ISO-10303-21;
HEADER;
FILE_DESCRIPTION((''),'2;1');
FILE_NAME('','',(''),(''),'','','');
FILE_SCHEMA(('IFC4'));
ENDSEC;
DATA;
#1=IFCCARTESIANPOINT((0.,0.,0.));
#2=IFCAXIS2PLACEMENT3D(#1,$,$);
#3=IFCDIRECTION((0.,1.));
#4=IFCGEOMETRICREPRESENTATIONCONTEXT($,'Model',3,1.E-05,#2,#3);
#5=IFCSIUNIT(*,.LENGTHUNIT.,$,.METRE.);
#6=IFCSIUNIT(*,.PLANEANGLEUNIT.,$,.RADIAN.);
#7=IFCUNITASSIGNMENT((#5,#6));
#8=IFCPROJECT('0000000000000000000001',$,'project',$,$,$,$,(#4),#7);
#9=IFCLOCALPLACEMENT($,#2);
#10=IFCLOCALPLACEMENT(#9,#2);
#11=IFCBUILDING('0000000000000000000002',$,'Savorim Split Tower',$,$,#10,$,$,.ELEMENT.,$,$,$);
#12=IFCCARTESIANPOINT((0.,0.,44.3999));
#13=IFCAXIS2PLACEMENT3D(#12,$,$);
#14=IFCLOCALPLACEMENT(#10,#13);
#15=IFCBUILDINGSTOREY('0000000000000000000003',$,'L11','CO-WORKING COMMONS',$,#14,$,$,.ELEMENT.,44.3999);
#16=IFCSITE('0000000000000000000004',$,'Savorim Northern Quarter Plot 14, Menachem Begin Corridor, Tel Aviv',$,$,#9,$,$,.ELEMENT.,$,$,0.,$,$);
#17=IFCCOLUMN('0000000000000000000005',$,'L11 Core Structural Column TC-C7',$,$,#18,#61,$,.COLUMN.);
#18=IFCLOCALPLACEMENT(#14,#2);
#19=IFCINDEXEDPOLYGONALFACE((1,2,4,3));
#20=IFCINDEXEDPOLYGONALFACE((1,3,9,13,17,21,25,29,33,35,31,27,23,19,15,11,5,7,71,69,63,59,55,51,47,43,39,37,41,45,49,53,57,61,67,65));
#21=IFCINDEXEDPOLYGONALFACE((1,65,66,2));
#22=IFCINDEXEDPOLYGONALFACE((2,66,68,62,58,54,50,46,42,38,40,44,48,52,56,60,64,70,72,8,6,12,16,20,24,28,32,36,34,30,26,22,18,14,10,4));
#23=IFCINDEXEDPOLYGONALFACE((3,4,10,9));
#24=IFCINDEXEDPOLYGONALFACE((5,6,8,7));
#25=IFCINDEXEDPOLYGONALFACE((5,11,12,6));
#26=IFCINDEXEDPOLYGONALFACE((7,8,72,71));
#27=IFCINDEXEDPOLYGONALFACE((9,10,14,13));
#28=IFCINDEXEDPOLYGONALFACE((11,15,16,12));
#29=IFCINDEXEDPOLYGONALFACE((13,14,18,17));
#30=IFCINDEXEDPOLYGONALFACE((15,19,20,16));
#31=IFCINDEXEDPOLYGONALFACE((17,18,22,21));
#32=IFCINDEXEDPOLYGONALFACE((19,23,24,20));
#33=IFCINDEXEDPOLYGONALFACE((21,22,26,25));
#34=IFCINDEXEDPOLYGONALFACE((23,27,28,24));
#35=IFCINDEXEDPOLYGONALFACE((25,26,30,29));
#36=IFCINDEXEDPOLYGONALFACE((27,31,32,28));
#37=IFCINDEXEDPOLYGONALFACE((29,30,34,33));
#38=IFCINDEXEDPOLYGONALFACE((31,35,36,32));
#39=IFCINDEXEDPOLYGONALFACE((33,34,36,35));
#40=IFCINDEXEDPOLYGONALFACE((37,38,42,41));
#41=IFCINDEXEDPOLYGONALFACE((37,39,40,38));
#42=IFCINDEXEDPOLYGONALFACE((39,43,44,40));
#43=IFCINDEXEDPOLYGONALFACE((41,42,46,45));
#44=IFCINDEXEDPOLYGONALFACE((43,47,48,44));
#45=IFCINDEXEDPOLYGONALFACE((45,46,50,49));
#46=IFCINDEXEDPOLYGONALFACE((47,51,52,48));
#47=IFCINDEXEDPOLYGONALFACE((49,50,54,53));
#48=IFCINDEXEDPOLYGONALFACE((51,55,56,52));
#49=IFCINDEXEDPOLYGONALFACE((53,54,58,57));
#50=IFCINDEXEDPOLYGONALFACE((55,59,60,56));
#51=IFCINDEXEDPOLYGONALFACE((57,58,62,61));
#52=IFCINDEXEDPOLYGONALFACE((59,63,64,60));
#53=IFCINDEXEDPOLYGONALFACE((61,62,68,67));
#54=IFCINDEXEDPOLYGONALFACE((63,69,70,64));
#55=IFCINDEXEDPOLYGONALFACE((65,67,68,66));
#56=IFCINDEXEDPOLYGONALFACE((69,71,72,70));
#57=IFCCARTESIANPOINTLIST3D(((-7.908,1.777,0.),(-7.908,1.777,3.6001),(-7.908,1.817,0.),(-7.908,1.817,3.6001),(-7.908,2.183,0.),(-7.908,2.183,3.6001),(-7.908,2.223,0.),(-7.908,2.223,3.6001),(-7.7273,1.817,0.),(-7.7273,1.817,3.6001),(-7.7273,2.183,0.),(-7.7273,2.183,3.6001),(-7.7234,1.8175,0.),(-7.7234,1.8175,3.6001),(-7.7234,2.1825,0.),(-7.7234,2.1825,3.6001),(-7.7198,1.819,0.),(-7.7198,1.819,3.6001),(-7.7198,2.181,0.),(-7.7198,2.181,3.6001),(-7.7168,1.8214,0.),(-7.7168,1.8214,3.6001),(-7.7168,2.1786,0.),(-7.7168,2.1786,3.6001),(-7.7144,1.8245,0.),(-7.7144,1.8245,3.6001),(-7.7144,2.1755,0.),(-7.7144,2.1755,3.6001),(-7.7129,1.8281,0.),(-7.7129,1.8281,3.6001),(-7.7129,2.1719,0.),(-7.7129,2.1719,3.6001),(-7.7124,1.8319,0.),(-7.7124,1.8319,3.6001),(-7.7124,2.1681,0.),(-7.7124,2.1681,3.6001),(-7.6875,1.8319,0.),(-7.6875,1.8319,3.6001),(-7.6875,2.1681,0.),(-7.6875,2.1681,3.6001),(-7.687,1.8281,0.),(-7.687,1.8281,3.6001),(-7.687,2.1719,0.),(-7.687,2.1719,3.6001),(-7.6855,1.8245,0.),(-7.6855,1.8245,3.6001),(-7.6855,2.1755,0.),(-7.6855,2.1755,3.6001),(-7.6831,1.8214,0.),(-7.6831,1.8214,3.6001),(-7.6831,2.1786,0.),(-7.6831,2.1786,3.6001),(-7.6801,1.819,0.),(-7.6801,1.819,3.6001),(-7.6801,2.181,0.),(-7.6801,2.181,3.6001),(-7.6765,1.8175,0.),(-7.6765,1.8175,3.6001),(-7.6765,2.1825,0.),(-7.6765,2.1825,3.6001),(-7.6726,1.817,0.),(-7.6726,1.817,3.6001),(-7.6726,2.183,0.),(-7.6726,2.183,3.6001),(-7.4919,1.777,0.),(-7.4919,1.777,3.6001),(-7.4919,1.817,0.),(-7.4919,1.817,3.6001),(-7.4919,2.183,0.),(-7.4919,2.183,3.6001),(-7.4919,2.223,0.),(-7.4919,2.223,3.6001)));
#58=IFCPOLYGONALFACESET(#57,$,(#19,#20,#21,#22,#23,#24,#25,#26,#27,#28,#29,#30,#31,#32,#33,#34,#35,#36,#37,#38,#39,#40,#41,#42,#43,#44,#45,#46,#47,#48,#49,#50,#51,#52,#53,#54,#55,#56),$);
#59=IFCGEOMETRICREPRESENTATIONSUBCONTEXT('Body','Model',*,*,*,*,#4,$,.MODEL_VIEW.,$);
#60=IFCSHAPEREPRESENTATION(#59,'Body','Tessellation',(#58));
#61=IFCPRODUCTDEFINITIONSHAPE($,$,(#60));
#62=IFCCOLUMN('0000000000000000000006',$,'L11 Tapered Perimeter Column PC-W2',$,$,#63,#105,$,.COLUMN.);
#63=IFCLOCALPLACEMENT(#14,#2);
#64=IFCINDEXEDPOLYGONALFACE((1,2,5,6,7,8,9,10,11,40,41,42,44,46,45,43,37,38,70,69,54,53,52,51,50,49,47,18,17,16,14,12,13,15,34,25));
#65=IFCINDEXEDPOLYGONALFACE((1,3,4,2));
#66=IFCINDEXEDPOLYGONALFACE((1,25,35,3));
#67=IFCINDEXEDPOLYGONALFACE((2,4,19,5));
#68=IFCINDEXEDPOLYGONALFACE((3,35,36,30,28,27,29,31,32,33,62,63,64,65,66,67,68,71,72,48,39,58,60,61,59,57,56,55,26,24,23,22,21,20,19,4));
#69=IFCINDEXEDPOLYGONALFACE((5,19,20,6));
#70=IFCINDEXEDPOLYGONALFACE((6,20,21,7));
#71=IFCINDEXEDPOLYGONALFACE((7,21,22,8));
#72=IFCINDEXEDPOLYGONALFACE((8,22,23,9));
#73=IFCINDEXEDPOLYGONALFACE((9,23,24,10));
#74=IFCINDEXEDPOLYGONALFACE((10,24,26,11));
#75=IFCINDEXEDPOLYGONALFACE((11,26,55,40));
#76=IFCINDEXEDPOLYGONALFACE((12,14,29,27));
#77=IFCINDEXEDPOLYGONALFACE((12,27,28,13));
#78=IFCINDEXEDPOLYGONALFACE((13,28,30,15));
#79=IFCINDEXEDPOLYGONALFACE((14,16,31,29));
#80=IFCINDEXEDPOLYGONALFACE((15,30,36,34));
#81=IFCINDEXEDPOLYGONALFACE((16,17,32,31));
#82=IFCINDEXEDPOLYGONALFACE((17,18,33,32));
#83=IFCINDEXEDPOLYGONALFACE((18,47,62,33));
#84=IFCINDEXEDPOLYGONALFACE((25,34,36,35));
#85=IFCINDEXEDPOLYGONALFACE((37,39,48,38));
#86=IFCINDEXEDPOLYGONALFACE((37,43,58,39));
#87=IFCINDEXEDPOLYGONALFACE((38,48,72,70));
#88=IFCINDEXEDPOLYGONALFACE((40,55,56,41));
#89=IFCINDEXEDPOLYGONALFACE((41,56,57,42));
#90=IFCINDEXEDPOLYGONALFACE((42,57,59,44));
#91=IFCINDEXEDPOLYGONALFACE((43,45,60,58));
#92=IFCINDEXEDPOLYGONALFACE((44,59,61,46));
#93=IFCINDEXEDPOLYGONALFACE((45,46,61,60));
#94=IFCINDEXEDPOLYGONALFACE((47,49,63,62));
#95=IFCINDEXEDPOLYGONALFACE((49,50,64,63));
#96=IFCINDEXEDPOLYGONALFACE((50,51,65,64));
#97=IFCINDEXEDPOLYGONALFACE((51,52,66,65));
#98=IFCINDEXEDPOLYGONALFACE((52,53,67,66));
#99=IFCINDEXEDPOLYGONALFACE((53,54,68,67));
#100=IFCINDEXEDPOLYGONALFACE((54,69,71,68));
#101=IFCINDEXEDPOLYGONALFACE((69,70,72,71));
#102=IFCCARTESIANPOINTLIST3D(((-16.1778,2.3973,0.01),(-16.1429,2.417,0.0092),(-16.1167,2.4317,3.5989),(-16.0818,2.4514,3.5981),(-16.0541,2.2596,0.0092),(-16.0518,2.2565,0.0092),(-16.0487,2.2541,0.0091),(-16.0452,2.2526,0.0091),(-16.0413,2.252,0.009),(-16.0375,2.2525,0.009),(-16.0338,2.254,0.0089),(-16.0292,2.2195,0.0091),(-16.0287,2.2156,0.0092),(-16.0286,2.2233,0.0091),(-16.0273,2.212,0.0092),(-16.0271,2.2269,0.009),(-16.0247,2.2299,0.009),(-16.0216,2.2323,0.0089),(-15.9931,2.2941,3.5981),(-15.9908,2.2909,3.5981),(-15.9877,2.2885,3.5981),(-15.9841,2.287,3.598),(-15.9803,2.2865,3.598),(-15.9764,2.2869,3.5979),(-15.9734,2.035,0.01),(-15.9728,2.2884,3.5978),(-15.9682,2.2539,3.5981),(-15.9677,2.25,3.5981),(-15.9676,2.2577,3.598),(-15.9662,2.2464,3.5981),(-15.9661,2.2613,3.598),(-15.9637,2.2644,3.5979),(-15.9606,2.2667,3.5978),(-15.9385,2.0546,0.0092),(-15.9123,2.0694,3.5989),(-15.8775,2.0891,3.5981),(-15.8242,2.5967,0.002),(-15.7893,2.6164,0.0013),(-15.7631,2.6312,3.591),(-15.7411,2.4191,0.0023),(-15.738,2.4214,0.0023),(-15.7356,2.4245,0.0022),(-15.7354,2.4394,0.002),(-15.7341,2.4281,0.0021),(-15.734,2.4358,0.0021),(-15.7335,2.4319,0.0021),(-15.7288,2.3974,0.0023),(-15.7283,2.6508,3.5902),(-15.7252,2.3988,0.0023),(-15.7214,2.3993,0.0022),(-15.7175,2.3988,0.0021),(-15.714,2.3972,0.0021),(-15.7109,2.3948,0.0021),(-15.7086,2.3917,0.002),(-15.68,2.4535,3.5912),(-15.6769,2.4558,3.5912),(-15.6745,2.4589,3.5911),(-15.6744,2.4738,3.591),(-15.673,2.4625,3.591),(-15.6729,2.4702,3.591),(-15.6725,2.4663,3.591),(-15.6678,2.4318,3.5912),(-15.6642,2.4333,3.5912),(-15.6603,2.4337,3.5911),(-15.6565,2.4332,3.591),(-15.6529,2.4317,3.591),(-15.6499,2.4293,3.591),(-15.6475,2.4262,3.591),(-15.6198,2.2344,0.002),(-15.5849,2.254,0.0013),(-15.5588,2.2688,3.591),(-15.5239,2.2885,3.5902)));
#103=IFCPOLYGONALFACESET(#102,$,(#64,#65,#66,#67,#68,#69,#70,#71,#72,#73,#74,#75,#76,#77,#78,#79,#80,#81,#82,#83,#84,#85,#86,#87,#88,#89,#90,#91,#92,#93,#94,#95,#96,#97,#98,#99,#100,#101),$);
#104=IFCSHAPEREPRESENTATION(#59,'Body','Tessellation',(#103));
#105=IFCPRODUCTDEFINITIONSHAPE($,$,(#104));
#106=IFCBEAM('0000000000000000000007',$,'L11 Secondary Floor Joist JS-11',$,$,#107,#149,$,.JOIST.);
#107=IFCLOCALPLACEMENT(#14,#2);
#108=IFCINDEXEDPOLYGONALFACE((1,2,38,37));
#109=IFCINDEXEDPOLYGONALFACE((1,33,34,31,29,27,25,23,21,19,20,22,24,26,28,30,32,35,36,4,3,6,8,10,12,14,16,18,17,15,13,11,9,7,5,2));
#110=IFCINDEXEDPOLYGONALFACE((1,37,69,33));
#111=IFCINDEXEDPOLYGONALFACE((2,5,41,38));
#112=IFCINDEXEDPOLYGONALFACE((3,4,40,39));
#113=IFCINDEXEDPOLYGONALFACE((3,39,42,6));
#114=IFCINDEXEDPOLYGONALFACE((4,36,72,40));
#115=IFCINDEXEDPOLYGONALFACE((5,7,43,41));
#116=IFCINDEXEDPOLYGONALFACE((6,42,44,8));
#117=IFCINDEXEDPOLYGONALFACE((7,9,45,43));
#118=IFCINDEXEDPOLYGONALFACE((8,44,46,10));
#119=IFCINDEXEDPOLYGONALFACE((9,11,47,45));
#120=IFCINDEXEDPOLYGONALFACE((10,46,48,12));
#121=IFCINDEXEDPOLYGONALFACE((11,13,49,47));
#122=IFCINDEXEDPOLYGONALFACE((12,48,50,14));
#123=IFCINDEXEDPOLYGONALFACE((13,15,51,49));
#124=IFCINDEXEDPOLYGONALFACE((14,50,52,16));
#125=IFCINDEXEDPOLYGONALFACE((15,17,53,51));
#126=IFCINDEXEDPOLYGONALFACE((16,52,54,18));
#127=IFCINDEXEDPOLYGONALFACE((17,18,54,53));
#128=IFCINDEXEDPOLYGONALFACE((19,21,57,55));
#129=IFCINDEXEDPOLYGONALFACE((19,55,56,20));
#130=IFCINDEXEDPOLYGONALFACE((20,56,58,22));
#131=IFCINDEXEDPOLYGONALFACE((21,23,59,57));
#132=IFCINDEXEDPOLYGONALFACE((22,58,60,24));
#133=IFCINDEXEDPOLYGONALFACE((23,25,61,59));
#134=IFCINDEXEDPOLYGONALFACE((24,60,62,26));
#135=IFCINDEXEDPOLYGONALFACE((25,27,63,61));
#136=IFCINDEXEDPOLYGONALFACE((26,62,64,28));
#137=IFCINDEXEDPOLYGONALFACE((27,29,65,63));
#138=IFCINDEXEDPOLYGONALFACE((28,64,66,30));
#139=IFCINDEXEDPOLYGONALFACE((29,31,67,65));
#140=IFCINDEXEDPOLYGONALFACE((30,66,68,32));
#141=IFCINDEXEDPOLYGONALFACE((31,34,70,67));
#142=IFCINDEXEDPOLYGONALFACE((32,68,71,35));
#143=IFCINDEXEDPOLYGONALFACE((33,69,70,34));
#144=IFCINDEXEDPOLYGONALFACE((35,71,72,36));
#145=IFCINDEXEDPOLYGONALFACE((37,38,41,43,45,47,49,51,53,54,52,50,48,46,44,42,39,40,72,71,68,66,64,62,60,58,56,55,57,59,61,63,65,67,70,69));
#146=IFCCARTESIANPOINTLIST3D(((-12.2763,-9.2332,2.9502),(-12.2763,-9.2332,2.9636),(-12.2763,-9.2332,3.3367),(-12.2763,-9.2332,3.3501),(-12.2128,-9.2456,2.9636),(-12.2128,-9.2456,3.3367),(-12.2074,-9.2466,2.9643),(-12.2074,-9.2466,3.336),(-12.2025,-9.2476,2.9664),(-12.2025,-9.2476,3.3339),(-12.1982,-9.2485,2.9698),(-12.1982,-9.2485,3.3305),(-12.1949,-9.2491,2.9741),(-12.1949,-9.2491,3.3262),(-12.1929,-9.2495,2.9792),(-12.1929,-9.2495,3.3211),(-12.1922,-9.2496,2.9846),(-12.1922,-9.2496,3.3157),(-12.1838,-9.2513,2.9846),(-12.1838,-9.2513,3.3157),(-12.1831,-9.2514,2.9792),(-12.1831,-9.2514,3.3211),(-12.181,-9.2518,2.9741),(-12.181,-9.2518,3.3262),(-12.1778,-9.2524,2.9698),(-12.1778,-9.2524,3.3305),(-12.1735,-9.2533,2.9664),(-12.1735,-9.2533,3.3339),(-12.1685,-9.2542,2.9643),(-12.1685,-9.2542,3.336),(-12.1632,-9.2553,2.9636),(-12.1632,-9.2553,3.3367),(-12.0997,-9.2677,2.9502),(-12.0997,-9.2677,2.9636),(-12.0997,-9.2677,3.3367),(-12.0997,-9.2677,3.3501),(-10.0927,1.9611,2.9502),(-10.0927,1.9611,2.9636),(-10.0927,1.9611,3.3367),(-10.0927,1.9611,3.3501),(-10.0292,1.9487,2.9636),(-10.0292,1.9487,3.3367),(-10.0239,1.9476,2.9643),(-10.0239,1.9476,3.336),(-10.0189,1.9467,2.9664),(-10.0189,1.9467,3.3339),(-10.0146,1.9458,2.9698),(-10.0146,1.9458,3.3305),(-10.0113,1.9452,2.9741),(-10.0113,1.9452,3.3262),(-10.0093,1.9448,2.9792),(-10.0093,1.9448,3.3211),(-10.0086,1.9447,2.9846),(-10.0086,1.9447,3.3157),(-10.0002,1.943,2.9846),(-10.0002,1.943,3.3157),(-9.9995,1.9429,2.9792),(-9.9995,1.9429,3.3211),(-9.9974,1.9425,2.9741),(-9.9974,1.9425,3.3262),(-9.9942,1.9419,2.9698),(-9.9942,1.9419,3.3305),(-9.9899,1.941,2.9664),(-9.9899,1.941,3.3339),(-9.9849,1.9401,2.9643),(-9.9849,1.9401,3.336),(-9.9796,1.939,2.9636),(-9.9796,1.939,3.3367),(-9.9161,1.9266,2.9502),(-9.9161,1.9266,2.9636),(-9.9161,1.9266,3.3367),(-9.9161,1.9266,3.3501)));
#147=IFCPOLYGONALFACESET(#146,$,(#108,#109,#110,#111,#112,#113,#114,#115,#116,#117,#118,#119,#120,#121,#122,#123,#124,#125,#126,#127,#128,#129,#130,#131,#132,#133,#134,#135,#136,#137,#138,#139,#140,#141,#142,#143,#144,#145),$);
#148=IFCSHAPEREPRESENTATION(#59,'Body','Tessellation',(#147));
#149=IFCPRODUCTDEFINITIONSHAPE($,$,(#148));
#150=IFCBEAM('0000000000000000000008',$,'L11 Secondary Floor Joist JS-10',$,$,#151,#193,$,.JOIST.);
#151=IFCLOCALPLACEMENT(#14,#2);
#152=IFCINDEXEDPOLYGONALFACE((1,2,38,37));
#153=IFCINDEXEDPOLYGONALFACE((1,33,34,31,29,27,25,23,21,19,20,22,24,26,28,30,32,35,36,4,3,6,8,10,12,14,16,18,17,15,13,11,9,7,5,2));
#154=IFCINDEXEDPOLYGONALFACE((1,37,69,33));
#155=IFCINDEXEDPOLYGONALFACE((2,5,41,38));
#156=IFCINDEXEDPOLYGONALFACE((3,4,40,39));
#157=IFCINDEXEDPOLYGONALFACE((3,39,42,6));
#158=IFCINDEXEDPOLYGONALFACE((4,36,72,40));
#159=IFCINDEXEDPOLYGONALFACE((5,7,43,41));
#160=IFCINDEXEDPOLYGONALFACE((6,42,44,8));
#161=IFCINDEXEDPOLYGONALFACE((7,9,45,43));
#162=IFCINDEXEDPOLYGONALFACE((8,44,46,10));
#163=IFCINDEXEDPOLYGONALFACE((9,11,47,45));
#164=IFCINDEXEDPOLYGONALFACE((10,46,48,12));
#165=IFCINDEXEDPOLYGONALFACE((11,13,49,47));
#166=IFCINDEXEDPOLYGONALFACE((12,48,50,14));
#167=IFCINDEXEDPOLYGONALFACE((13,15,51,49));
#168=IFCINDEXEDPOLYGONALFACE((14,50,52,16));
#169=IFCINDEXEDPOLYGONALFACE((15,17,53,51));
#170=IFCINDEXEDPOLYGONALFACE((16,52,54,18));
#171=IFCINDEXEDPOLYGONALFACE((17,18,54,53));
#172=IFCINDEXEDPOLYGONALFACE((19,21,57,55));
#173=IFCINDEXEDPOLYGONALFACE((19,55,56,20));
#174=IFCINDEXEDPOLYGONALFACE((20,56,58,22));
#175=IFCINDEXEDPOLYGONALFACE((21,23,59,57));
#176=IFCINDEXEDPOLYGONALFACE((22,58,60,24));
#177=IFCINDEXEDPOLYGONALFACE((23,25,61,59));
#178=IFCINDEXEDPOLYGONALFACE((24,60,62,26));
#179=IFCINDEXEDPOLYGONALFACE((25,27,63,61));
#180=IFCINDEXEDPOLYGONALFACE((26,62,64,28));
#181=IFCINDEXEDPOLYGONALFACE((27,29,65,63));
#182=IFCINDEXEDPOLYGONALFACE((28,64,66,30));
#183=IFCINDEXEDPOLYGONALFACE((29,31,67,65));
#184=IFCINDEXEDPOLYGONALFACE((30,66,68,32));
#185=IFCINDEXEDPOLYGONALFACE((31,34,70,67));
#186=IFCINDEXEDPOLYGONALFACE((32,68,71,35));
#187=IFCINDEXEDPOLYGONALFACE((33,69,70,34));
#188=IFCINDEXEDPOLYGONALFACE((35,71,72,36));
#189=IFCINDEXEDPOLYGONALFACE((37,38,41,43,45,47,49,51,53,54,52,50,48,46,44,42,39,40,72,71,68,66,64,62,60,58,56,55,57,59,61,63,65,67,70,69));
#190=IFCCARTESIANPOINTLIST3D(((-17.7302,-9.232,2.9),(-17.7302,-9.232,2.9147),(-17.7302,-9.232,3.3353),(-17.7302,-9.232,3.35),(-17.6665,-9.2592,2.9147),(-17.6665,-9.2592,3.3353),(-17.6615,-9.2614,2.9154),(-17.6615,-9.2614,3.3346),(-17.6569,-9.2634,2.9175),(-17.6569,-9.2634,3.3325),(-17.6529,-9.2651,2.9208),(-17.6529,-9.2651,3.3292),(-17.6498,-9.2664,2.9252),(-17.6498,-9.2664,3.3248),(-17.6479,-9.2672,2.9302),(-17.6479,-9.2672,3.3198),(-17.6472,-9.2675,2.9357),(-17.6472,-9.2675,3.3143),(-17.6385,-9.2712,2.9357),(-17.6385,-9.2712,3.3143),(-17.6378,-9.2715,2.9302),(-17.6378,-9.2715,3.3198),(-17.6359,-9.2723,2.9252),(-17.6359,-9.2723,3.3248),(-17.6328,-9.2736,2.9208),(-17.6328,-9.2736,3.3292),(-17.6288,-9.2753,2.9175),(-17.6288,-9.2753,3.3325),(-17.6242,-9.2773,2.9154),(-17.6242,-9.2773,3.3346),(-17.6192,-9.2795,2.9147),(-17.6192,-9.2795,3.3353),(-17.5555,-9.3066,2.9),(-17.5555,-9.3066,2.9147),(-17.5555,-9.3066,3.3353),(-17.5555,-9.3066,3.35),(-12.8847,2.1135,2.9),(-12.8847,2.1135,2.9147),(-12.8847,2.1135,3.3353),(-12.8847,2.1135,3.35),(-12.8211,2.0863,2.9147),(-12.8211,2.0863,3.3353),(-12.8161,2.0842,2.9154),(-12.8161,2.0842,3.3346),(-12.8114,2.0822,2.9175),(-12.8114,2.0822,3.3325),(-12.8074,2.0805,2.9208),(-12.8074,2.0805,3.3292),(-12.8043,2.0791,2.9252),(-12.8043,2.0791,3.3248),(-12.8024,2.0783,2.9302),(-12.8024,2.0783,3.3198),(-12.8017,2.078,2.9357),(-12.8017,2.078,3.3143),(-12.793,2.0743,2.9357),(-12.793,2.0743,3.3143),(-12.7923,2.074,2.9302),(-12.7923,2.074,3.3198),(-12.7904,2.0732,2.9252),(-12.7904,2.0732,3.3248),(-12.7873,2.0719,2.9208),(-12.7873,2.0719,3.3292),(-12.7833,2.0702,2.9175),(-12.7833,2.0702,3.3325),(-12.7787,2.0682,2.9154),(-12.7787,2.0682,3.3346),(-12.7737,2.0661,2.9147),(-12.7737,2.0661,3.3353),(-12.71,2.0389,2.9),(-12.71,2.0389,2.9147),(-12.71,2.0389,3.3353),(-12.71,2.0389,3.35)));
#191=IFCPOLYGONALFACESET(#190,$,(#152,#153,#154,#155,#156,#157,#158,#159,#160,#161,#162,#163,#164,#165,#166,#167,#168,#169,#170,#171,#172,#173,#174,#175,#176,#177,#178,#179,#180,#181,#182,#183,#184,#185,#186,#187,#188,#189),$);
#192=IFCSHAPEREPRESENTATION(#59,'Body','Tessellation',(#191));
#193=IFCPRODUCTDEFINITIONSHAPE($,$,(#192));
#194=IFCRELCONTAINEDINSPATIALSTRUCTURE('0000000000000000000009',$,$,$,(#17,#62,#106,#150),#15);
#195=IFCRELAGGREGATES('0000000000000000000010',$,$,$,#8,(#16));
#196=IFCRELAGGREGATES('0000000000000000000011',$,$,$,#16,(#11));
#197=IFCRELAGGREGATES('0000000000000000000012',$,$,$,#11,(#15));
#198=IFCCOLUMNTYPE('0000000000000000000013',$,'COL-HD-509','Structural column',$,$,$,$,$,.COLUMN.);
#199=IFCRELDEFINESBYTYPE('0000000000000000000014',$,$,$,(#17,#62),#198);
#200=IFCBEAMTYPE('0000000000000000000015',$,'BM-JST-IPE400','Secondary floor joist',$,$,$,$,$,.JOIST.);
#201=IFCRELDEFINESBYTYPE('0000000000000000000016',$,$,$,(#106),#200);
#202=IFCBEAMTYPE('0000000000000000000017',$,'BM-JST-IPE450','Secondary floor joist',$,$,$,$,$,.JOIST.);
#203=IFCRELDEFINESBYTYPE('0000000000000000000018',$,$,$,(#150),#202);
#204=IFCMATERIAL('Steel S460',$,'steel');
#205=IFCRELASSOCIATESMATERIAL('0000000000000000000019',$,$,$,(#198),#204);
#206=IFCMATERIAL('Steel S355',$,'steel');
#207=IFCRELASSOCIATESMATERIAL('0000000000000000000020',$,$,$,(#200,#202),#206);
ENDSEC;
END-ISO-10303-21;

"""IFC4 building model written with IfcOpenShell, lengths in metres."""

from ifc_helpers import new_model, si_unit, direction, frame, origin, origin_2d, place, context, subcontext, project, spatial, i_section, extrude, material, material_profile, profile_set, type_object, element, save


model = new_model("IFC4")

# Units and contexts
model_context = context("Model", 3, precision=1e-05, world=origin(), true_north=direction((0.0, 1.0)))
body_context = subcontext(model_context, "Body", "Model", "MODEL_VIEW")
ifc_project = project(units=[si_unit("LENGTHUNIT", "METRE"), si_unit("PLANEANGLEUNIT", "RADIAN")], contexts=[model_context])

# Site, building, storey
site_placement = place(None, origin())
site = spatial("IfcSite", under=ifc_project, at=site_placement, Name="Savorim Northern Quarter Plot 14, Menachem Begin Corridor, Tel Aviv", CompositionType="ELEMENT", RefElevation=0.0)
building_placement = place(site_placement, origin())
building = spatial("IfcBuilding", under=site, at=building_placement, Name="Savorim Split Tower", CompositionType="ELEMENT")
storey_placement = place(building_placement, frame((0.0, 0.0, 44.3999)))
storey = spatial("IfcBuildingStorey", under=building, at=storey_placement, Name="L11", Description="CO-WORKING COMMONS", CompositionType="ELEMENT", Elevation=44.3999)

# Columns
ifc_material_1 = material(Name="Steel S460", Category="steel")
ifc_material_profile_1 = material_profile(ifc_material_1, i_section(OverallWidth=0.416, OverallDepth=0.446, WebThickness=0.0249, FlangeThickness=0.04, FilletRadius=0.0149, at=origin_2d()), Name="HD 400x509")
ifc_profile_set_1 = profile_set([ifc_material_profile_1], Name="Steel S460")
column_type = type_object("IfcColumnType", Name="COL-HD-509", Description="Structural column", PredefinedType="COLUMN", material=ifc_profile_set_1)
column_1_placement = place(storey_placement, frame((-7.7, 2.0, 0.0), z_axis=(0.0, 0.0, 1.0), x_axis=(1.0, 0.0, 0.0)))
element("IfcColumn", 1, at=column_1_placement, inside=storey, type_object=column_type, Name="L11 Core Structural Column TC-C7", PredefinedType="COLUMN", context=body_context, shape_type="SweptSolid", body=[
    extrude(i_section(OverallWidth=0.416, OverallDepth=0.446, WebThickness=0.0249, FlangeThickness=0.04, FilletRadius=0.0149, at=origin_2d()), origin(), (0.0, 0.0, 1.0), 3.6001),
])
column_2_placement = place(storey_placement, frame((-15.8813, 2.3257, 0.0056), z_axis=(0.017004, 0.00959, 0.999809), x_axis=(-0.491253, 0.871017, 0.0)))
element("IfcColumn", 2, at=column_2_placement, inside=storey, type_object=column_type, Name="L11 Tapered Perimeter Column PC-W2", PredefinedType="COLUMN", context=body_context, shape_type="SweptSolid", body=[
    extrude(i_section(OverallWidth=0.416, OverallDepth=0.446, WebThickness=0.0249, FlangeThickness=0.04, FilletRadius=0.0149, at=origin_2d()), origin(), (0.0, 0.0, 1.0), 3.5896),
])

# Beams
ifc_material_2 = material(Name="Steel S355", Category="steel")
ifc_material_profile_2 = material_profile(ifc_material_2, i_section(OverallWidth=0.1799, OverallDepth=0.3999, WebThickness=0.0085, FlangeThickness=0.0134, FilletRadius=0.021, at=origin_2d()), Name="IPE 400")
ifc_profile_set_2 = profile_set([ifc_material_profile_2], Name="Steel S355")
beam_type_1 = type_object("IfcBeamType", Name="BM-JST-IPE400", Description="Secondary floor joist", PredefinedType="JOIST", material=ifc_profile_set_2)
beam_1_placement = place(storey_placement, frame((-10.0044, 1.9438, 3.1501), z_axis=(-0.191454, -0.981502, 0.0), x_axis=(0.981502, -0.191454, 0.0)))
element("IfcBeam", 3, at=beam_1_placement, inside=storey, type_object=beam_type_1, Name="L11 Secondary Floor Joist JS-11", PredefinedType="JOIST", context=body_context, shape_type="SweptSolid", body=[
    extrude(i_section(OverallWidth=0.1799, OverallDepth=0.3999, WebThickness=0.0085, FlangeThickness=0.0134, FilletRadius=0.021, at=origin_2d()), origin(), (0.0, 0.0, 1.0), 11.4053),
])
ifc_material_profile_3 = material_profile(ifc_material_2, i_section(OverallWidth=0.1899, OverallDepth=0.45, WebThickness=0.0095, FlangeThickness=0.0146, FilletRadius=0.021, at=origin_2d()), Name="IPE 450")
ifc_profile_set_3 = profile_set([ifc_material_profile_3], Name="Steel S355")
beam_type_2 = type_object("IfcBeamType", Name="BM-JST-IPE450", Description="Secondary floor joist", PredefinedType="JOIST", material=ifc_profile_set_3)
beam_2_placement = place(storey_placement, frame((-12.7974, 2.0762, 3.125), z_axis=(-0.392763, -0.91964, 0.0), x_axis=(0.91964, -0.392763, 0.0)))
element("IfcBeam", 4, at=beam_2_placement, inside=storey, type_object=beam_type_2, Name="L11 Secondary Floor Joist JS-10", PredefinedType="JOIST", context=body_context, shape_type="SweptSolid", body=[
    extrude(i_section(OverallWidth=0.1899, OverallDepth=0.45, WebThickness=0.0095, FlangeThickness=0.0146, FilletRadius=0.021, at=origin_2d()), origin(), (0.0, 0.0, 1.0), 12.3369),
])

save(model, "model.ifc")
